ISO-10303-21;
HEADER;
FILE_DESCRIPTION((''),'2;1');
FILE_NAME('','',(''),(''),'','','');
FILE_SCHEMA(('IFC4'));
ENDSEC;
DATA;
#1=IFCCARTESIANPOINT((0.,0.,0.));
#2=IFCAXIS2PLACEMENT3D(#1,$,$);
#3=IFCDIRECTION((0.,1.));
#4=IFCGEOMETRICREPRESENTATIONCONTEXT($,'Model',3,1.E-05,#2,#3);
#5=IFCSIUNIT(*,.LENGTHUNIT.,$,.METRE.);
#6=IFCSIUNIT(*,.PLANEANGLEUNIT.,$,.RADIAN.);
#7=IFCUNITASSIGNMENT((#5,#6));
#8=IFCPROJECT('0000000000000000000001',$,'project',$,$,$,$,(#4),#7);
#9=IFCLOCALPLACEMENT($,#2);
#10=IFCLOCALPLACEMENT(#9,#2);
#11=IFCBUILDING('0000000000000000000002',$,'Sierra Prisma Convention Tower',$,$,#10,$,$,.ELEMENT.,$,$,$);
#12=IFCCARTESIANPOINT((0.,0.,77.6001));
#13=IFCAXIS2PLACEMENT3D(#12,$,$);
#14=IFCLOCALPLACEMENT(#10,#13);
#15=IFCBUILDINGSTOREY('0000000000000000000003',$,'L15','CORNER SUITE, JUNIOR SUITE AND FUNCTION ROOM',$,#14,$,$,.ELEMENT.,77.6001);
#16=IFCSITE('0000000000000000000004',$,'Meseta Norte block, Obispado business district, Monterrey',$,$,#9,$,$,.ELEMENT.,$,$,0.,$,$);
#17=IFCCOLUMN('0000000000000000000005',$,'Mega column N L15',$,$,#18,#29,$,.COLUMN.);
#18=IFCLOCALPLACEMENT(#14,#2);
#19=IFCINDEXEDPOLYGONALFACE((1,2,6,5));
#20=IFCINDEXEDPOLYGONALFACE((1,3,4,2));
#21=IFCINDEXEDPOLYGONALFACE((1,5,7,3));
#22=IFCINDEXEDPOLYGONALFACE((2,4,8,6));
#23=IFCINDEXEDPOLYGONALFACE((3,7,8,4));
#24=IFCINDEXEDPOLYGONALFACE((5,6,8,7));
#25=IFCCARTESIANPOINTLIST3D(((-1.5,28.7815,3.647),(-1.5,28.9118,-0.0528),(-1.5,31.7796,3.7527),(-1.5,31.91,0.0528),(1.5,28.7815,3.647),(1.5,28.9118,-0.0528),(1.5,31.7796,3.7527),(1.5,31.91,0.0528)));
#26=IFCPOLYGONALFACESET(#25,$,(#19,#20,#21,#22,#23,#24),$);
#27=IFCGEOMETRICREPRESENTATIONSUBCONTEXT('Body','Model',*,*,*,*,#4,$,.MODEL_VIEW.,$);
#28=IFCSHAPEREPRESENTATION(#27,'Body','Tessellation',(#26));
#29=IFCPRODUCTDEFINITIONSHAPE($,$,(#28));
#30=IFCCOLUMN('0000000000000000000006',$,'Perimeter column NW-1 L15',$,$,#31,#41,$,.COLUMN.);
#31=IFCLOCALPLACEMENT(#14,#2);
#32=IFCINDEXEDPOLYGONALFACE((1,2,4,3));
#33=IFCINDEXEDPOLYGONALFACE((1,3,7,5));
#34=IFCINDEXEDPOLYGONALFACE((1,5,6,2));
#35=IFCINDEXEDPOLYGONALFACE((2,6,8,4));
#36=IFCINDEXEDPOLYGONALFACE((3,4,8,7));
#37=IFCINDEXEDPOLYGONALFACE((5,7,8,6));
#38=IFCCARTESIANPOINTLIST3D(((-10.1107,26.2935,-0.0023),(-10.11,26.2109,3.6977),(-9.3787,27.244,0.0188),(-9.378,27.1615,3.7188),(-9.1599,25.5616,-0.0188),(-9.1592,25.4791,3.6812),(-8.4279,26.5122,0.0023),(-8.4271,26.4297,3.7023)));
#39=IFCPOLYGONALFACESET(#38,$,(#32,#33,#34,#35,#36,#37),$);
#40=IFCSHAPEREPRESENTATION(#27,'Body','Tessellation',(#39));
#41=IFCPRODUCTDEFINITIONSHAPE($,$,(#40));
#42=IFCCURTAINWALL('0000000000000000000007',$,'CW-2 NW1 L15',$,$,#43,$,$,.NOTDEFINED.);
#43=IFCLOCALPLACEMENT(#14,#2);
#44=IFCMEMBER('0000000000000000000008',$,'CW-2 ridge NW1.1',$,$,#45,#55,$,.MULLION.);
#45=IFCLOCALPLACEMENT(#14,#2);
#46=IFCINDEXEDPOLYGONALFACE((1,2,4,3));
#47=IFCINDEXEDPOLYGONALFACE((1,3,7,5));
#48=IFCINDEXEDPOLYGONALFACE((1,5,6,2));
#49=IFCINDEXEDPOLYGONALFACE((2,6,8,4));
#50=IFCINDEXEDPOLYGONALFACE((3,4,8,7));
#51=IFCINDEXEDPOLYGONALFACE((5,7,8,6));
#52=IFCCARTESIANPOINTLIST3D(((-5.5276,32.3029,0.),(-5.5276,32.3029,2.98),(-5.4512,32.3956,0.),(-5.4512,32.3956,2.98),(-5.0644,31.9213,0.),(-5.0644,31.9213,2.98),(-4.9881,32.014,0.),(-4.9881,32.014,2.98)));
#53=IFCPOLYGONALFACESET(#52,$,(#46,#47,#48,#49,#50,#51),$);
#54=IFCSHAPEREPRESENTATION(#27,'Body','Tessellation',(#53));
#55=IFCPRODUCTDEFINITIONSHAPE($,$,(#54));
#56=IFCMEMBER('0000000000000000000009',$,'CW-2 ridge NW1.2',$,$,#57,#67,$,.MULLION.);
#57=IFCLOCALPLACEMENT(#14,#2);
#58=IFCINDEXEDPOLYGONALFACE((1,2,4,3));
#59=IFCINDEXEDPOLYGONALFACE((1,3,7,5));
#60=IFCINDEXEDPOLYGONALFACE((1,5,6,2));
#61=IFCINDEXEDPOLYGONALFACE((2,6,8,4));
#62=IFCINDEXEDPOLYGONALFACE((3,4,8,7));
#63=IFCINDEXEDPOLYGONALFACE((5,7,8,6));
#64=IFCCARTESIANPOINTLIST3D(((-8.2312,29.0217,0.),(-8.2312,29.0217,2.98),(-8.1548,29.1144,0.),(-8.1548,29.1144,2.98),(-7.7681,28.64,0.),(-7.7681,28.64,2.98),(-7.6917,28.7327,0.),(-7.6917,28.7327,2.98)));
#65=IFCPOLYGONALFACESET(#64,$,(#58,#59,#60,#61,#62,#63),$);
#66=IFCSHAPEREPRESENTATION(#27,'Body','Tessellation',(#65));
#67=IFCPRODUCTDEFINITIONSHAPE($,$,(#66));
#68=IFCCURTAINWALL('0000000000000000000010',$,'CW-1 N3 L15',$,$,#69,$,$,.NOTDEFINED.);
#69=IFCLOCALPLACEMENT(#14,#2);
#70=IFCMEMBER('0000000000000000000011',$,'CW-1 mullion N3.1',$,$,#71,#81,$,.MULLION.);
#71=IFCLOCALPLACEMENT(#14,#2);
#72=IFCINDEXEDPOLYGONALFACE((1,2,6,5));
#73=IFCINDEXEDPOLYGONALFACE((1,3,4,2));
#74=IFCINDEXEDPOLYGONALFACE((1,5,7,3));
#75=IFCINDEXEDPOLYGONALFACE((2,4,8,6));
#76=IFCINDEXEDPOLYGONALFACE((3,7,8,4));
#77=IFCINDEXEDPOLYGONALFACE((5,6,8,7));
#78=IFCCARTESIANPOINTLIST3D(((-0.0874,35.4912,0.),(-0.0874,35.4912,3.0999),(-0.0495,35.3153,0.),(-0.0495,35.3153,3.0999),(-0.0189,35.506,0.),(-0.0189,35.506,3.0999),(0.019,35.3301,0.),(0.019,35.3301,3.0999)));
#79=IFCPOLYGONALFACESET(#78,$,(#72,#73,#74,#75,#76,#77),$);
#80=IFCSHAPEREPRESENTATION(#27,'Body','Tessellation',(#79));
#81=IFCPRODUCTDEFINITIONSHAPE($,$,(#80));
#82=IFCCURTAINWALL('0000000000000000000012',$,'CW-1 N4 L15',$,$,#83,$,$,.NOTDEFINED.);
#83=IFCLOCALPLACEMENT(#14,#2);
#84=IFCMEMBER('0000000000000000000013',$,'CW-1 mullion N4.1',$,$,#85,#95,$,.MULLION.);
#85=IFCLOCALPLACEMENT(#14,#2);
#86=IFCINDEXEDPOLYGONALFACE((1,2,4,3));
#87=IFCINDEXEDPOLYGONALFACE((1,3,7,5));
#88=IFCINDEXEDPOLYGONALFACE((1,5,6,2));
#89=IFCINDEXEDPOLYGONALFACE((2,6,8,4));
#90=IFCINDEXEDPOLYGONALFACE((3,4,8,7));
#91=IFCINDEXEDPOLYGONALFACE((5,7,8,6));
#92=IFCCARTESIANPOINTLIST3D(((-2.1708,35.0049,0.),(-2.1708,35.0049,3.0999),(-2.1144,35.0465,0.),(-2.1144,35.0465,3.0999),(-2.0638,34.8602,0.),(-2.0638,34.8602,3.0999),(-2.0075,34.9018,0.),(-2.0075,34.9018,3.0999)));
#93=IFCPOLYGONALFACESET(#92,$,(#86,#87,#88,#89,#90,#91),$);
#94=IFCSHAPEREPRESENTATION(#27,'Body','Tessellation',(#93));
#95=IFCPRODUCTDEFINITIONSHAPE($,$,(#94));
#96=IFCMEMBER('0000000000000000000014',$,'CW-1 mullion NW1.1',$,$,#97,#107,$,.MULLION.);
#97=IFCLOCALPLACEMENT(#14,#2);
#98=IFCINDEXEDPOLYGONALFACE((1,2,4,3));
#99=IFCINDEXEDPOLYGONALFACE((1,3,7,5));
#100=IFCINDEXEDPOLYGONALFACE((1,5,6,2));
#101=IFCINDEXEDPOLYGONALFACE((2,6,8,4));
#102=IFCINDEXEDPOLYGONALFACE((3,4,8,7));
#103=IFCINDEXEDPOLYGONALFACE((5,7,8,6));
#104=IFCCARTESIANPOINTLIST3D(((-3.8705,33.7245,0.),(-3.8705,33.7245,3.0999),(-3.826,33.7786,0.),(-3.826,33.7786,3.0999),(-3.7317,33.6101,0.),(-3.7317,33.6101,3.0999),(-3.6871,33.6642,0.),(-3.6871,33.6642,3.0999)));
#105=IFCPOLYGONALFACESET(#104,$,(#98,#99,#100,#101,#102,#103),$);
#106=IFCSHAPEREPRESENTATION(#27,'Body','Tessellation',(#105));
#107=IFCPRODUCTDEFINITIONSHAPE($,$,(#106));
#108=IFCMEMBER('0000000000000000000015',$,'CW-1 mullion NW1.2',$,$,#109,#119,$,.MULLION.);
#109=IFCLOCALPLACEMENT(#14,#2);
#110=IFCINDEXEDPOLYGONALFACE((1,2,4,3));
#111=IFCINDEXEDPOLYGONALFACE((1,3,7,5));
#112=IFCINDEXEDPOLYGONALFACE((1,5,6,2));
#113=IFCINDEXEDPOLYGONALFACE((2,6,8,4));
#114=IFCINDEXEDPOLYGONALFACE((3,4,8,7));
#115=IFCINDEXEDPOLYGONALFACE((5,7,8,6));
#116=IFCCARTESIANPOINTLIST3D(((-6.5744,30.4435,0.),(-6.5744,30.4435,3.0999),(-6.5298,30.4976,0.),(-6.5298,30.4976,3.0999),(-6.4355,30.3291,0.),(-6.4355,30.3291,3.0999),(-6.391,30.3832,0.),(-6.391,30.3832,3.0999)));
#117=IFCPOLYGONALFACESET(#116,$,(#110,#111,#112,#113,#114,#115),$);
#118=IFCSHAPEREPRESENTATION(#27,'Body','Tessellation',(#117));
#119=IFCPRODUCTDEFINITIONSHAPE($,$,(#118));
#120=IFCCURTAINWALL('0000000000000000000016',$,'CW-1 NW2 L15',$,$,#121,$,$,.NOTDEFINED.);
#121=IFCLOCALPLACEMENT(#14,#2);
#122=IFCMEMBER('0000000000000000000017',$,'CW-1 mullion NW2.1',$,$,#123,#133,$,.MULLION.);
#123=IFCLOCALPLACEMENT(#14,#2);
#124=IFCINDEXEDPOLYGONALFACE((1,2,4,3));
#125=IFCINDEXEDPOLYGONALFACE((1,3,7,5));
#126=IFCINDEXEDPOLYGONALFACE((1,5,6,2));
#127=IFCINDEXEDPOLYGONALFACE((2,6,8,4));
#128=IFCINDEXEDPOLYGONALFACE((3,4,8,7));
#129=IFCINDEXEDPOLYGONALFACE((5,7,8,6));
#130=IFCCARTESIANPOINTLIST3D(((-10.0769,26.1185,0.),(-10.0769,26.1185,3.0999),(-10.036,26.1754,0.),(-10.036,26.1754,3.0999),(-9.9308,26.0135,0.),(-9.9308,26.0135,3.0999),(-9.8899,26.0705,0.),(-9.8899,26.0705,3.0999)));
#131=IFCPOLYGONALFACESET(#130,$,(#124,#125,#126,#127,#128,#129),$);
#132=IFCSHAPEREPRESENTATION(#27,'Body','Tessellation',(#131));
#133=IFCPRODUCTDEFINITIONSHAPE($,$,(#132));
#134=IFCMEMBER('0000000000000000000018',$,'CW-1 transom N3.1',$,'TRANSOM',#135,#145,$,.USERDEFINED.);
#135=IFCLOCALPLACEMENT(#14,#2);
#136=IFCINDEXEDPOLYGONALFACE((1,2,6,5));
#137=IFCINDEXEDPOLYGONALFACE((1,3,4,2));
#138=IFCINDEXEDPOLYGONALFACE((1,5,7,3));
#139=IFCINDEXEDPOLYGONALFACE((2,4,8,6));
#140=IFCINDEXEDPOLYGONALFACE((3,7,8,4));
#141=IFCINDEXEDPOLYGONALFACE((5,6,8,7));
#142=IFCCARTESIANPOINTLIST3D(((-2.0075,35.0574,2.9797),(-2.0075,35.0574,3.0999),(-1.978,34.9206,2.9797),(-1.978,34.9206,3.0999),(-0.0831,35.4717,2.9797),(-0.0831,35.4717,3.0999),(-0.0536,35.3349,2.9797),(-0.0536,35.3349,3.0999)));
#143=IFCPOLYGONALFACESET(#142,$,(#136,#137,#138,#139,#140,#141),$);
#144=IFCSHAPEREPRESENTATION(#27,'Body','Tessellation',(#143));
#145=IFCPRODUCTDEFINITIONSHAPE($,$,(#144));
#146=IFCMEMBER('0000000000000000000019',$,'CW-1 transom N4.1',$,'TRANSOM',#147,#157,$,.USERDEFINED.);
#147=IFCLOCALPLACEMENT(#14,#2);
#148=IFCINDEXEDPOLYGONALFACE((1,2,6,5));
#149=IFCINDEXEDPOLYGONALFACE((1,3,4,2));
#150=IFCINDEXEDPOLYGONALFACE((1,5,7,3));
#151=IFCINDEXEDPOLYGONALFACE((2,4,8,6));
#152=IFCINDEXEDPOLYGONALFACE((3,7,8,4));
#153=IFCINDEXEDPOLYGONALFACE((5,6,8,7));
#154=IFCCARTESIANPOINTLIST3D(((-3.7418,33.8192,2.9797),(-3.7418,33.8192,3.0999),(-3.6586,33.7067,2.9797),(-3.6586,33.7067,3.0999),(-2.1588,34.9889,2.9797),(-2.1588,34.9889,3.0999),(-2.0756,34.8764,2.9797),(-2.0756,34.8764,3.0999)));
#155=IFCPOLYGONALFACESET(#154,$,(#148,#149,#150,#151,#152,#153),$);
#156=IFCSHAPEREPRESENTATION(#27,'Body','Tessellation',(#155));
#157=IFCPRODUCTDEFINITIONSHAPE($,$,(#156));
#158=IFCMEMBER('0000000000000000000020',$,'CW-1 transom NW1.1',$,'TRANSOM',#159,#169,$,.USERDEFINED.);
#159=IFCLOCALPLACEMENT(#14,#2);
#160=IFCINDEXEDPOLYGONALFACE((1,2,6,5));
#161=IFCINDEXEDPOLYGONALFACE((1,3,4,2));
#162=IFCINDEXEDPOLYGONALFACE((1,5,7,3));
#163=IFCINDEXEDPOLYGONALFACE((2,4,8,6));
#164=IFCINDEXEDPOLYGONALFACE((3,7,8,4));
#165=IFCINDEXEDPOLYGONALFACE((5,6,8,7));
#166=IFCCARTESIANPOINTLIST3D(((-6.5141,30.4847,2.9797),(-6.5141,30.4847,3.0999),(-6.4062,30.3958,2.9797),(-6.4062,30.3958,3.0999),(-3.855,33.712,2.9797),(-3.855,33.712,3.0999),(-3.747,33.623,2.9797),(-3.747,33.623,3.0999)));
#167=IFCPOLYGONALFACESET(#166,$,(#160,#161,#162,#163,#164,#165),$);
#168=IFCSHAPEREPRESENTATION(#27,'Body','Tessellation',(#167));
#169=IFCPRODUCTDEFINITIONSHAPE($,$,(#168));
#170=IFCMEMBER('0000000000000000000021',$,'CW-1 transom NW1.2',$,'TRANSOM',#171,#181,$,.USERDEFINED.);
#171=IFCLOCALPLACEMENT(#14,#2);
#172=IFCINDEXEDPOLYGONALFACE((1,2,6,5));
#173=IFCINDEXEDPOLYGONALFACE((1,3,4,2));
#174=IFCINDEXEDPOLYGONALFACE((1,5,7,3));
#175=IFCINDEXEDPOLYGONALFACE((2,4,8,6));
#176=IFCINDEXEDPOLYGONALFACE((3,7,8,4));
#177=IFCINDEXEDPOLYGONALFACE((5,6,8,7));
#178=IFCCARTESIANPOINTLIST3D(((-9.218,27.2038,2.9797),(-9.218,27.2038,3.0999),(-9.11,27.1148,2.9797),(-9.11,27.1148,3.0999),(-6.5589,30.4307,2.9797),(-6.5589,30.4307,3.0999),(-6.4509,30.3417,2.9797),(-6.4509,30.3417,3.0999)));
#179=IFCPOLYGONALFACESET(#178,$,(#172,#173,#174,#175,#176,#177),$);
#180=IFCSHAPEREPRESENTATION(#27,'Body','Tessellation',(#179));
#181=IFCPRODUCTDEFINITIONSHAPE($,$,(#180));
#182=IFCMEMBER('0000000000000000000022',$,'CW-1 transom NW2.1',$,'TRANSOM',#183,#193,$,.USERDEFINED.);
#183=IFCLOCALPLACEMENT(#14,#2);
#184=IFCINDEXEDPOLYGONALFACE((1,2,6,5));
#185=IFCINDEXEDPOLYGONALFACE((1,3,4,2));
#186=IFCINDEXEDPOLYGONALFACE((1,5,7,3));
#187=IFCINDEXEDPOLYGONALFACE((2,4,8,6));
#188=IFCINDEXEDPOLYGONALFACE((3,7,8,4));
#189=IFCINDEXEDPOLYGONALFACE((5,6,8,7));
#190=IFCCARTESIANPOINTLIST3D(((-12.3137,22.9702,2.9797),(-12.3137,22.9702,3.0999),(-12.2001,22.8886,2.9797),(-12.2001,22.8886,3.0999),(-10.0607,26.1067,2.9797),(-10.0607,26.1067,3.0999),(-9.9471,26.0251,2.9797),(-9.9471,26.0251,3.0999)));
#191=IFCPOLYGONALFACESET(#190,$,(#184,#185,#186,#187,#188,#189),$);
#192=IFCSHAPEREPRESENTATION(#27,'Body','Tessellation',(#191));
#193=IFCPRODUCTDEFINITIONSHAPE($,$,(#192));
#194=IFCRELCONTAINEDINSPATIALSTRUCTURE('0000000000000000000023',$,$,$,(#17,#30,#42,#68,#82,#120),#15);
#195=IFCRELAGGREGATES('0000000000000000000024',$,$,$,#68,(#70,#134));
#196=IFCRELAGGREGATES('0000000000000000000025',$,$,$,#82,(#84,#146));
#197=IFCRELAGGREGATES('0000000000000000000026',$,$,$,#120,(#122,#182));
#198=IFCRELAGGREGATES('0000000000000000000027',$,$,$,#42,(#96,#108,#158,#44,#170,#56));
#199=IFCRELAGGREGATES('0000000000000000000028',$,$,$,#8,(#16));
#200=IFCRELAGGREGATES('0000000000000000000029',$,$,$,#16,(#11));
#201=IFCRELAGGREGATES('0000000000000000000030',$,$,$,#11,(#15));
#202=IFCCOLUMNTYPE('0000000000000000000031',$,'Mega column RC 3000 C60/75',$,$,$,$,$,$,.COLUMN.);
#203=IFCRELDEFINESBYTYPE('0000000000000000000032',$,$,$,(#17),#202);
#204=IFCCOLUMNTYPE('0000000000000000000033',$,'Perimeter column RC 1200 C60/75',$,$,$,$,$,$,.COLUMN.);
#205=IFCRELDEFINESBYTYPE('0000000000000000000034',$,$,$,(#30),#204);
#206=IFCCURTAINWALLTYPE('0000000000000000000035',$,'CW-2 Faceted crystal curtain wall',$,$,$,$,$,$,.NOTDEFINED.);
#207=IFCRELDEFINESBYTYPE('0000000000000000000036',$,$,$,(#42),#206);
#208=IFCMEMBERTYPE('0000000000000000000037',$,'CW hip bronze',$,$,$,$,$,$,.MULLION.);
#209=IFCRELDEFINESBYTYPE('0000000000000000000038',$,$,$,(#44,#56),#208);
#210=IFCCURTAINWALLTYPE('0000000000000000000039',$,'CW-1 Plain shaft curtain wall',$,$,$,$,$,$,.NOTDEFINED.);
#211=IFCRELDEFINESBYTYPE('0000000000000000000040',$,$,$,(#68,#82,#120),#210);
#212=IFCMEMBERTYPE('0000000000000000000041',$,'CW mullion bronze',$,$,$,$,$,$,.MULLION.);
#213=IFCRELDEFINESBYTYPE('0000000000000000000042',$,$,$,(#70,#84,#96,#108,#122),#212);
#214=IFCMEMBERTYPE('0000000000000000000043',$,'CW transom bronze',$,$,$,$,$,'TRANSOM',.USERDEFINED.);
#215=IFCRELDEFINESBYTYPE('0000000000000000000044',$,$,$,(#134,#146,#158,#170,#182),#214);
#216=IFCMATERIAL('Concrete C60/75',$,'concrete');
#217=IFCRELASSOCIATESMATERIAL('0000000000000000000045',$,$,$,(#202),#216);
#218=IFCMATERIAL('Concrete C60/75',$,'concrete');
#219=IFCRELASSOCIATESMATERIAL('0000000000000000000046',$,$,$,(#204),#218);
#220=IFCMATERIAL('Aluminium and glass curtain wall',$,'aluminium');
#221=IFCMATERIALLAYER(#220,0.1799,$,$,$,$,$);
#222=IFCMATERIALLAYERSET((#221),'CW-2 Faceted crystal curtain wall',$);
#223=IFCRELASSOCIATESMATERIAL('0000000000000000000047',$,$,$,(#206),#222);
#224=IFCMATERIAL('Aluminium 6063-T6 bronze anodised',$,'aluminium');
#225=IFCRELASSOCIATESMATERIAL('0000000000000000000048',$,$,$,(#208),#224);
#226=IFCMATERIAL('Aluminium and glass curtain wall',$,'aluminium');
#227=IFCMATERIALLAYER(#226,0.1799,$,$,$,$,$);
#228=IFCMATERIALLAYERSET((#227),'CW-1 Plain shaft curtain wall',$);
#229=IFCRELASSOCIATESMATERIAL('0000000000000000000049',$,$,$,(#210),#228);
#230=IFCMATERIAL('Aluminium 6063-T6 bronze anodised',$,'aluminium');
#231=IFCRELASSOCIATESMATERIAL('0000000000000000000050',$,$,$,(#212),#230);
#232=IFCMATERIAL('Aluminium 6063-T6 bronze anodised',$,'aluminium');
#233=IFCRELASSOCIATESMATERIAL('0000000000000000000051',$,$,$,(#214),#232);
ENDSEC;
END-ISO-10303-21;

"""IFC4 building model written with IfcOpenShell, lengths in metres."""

from ifc_helpers import new_model, si_unit, direction, frame, origin, origin_2d, place, context, subcontext, project, spatial, rectangle, extrude, material, layer, layer_set, material_profile, profile_set, type_object, element, aggregate, save


model = new_model("IFC4")

# Units and contexts
model_context = context("Model", 3, precision=1e-05, world=origin(), true_north=direction((0.0, 1.0)))
body_context = subcontext(model_context, "Body", "Model", "MODEL_VIEW")
ifc_project = project(units=[si_unit("LENGTHUNIT", "METRE"), si_unit("PLANEANGLEUNIT", "RADIAN")], contexts=[model_context])

# Site, building, storey
site_placement = place(None, origin())
site = spatial("IfcSite", under=ifc_project, at=site_placement, Name="Meseta Norte block, Obispado business district, Monterrey", CompositionType="ELEMENT", RefElevation=0.0)
building_placement = place(site_placement, origin())
building = spatial("IfcBuilding", under=site, at=building_placement, Name="Sierra Prisma Convention Tower", CompositionType="ELEMENT")
storey_placement = place(building_placement, frame((0.0, 0.0, 77.6001)))
storey = spatial("IfcBuildingStorey", under=building, at=storey_placement, Name="L15", Description="CORNER SUITE, JUNIOR SUITE AND FUNCTION ROOM", CompositionType="ELEMENT", Elevation=77.6001)

# Columns
ifc_material_1 = material(Name="Concrete C60/75", Category="concrete")
ifc_material_profile_1 = material_profile(ifc_material_1, rectangle(XDim=3.0, YDim=3.0, at=origin_2d()), Name="Mega column RC 3000 C60/75")
ifc_profile_set_1 = profile_set([ifc_material_profile_1], Name="Concrete C60/75")
column_type_1 = type_object("IfcColumnType", Name="Mega column RC 3000 C60/75", PredefinedType="COLUMN", material=ifc_profile_set_1)
column_1_placement = place(storey_placement, frame((0.0, 30.4109, 0.0), z_axis=(0.0, -0.035214, 0.99938), x_axis=(1.0, 0.0, 0.0)))
element("IfcColumn", 1, at=column_1_placement, inside=storey, type_object=column_type_1, Name="Mega column N L15", PredefinedType="COLUMN", context=body_context, shape_type="SweptSolid", body=[
    extrude(rectangle(XDim=3.0, YDim=3.0, at=origin_2d()), origin(), (0.0, 0.0, 1.0), 3.7021),
])
ifc_material_2 = material(Name="Concrete C60/75", Category="concrete")
ifc_material_profile_2 = material_profile(ifc_material_2, rectangle(XDim=1.2, YDim=1.2, at=origin_2d()), Name="Perimeter column RC 1200 C60/75")
ifc_profile_set_2 = profile_set([ifc_material_profile_2], Name="Concrete C60/75")
column_type_2 = type_object("IfcColumnType", Name="Perimeter column RC 1200 C60/75", PredefinedType="COLUMN", material=ifc_profile_set_2)
column_2_placement = place(storey_placement, frame((-9.2693, 26.4028, 0.0), z_axis=(0.000198, -0.022297, 0.999751), x_axis=(0.610035, 0.792181, 0.017547)))
element("IfcColumn", 2, at=column_2_placement, inside=storey, type_object=column_type_2, Name="Perimeter column NW-1 L15", PredefinedType="COLUMN", context=body_context, shape_type="SweptSolid", body=[
    extrude(rectangle(XDim=1.2, YDim=1.2, at=origin_2d()), origin(), (0.0, 0.0, 1.0), 3.7009),
])

# Curtain wall, members
ifc_material_3 = material(Name="Aluminium and glass curtain wall", Category="aluminium")
ifc_layer_1 = layer(ifc_material_3, 0.1799)
ifc_layer_set_1 = layer_set([ifc_layer_1], Name="CW-2 Faceted crystal curtain wall")
curtain_wall_type_1 = type_object("IfcCurtainWallType", Name="CW-2 Faceted crystal curtain wall", PredefinedType="NOTDEFINED", material=ifc_layer_set_1)
curtain_wall_1_placement = place(storey_placement, origin())
curtain_wall_1 = element("IfcCurtainWall", 3, at=curtain_wall_1_placement, inside=storey, type_object=curtain_wall_type_1, Name="CW-2 NW1 L15", PredefinedType="NOTDEFINED")
ifc_material_4 = material(Name="Aluminium 6063-T6 bronze anodised", Category="aluminium")
ifc_material_profile_3 = material_profile(ifc_material_4, rectangle(XDim=0.1201, YDim=0.6001, at=origin_2d()), Name="ALU RIDGE BLADE 120x600")
ifc_profile_set_3 = profile_set([ifc_material_profile_3], Name="Aluminium 6063-T6 bronze anodised")
member_type_1 = type_object("IfcMemberType", Name="CW hip bronze", PredefinedType="MULLION", material=ifc_profile_set_3)
member_1_placement = place(storey_placement, frame((-5.2578, 32.1584, 0.0), z_axis=(0.0, 0.0, 1.0), x_axis=(-0.635926, -0.77175, 0.0)))
member_1 = element("IfcMember", 4, at=member_1_placement, type_object=member_type_1, Name="CW-2 ridge NW1.1", PredefinedType="MULLION", context=body_context, shape_type="SweptSolid", body=[
    extrude(rectangle(XDim=0.1201, YDim=0.6001, at=origin_2d()), origin(), (0.0, 0.0, 1.0), 2.98),
])
member_2_placement = place(storey_placement, frame((-7.9614, 28.8772, 0.0), z_axis=(0.0, 0.0, 1.0), x_axis=(-0.635926, -0.77175, 0.0)))
member_2 = element("IfcMember", 5, at=member_2_placement, type_object=member_type_1, Name="CW-2 ridge NW1.2", PredefinedType="MULLION", context=body_context, shape_type="SweptSolid", body=[
    extrude(rectangle(XDim=0.1201, YDim=0.6001, at=origin_2d()), origin(), (0.0, 0.0, 1.0), 2.98),
])

# Curtain walls, members
ifc_material_5 = material(Name="Aluminium and glass curtain wall", Category="aluminium")
ifc_layer_2 = layer(ifc_material_5, 0.1799)
ifc_layer_set_2 = layer_set([ifc_layer_2], Name="CW-1 Plain shaft curtain wall")
curtain_wall_type_2 = type_object("IfcCurtainWallType", Name="CW-1 Plain shaft curtain wall", PredefinedType="NOTDEFINED", material=ifc_layer_set_2)
curtain_wall_2_placement = place(storey_placement, origin())
curtain_wall_2 = element("IfcCurtainWall", 6, at=curtain_wall_2_placement, inside=storey, type_object=curtain_wall_type_2, Name="CW-1 N3 L15", PredefinedType="NOTDEFINED")
ifc_material_6 = material(Name="Aluminium 6063-T6 bronze anodised", Category="aluminium")
ifc_material_profile_4 = material_profile(ifc_material_6, rectangle(XDim=0.1799, YDim=0.0701, at=origin_2d()), Name="ALU MULLION 70x180")
ifc_profile_set_4 = profile_set([ifc_material_profile_4], Name="Aluminium 6063-T6 bronze anodised")
member_type_2 = type_object("IfcMemberType", Name="CW mullion bronze", PredefinedType="MULLION", material=ifc_profile_set_4)
member_3_placement = place(storey_placement, frame((-0.0342, 35.4106, 0.0), z_axis=(0.0, 0.0, 1.0), x_axis=(0.210523, -0.977589, 0.0)))
member_3 = element("IfcMember", 7, at=member_3_placement, type_object=member_type_2, Name="CW-1 mullion N3.1", PredefinedType="MULLION", context=body_context, shape_type="SweptSolid", body=[
    extrude(rectangle(XDim=0.1799, YDim=0.0701, at=origin_2d()), origin(), (0.0, 0.0, 1.0), 3.0999),
])
curtain_wall_3_placement = place(storey_placement, origin())
curtain_wall_3 = element("IfcCurtainWall", 8, at=curtain_wall_3_placement, inside=storey, type_object=curtain_wall_type_2, Name="CW-1 N4 L15", PredefinedType="NOTDEFINED")
member_4_placement = place(storey_placement, frame((-2.0891, 34.9534, 0.0), z_axis=(0.0, 0.0, 1.0), x_axis=(0.594248, -0.804282, 0.0)))
member_4 = element("IfcMember", 9, at=member_4_placement, type_object=member_type_2, Name="CW-1 mullion N4.1", PredefinedType="MULLION", context=body_context, shape_type="SweptSolid", body=[
    extrude(rectangle(XDim=0.1799, YDim=0.0701, at=origin_2d()), origin(), (0.0, 0.0, 1.0), 3.0999),
])

# Members
member_5_placement = place(storey_placement, frame((-3.7788, 33.6943, 0.0), z_axis=(0.0, 0.0, 1.0), x_axis=(0.77175, -0.635926, 0.0)))
member_5 = element("IfcMember", 10, at=member_5_placement, type_object=member_type_2, Name="CW-1 mullion NW1.1", PredefinedType="MULLION", context=body_context, shape_type="SweptSolid", body=[
    extrude(rectangle(XDim=0.1799, YDim=0.0701, at=origin_2d()), origin(), (0.0, 0.0, 1.0), 3.0999),
])
member_6_placement = place(storey_placement, frame((-6.4827, 30.4133, 0.0), z_axis=(0.0, 0.0, 1.0), x_axis=(0.77175, -0.635926, 0.0)))
member_6 = element("IfcMember", 11, at=member_6_placement, type_object=member_type_2, Name="CW-1 mullion NW1.2", PredefinedType="MULLION", context=body_context, shape_type="SweptSolid", body=[
    extrude(rectangle(XDim=0.1799, YDim=0.0701, at=origin_2d()), origin(), (0.0, 0.0, 1.0), 3.0999),
])

# Curtain wall, member
curtain_wall_4_placement = place(storey_placement, origin())
curtain_wall_4 = element("IfcCurtainWall", 12, at=curtain_wall_4_placement, inside=storey, type_object=curtain_wall_type_2, Name="CW-1 NW2 L15", PredefinedType="NOTDEFINED")
member_7_placement = place(storey_placement, frame((-9.9834, 26.0945, 0.0), z_axis=(0.0, 0.0, 1.0), x_axis=(0.812184, -0.583401, 0.0)))
member_7 = element("IfcMember", 13, at=member_7_placement, type_object=member_type_2, Name="CW-1 mullion NW2.1", PredefinedType="MULLION", context=body_context, shape_type="SweptSolid", body=[
    extrude(rectangle(XDim=0.1799, YDim=0.0701, at=origin_2d()), origin(), (0.0, 0.0, 1.0), 3.0999),
])

# Members
ifc_material_7 = material(Name="Aluminium 6063-T6 bronze anodised", Category="aluminium")
ifc_material_profile_5 = material_profile(ifc_material_7, rectangle(XDim=0.1399, YDim=0.1201, at=origin_2d()), Name="ALU TRANSOM 120x140")
ifc_profile_set_5 = profile_set([ifc_material_profile_5], Name="Aluminium 6063-T6 bronze anodised")
member_type_3 = type_object("IfcMemberType", Name="CW transom bronze", ElementType="TRANSOM", PredefinedType="USERDEFINED", material=ifc_profile_set_5)
member_8_placement = place(storey_placement, frame((-0.0684, 35.4033, 3.0398), z_axis=(-0.977599, -0.210478, 0.0), x_axis=(0.210478, -0.977599, 0.0)))
member_8 = element("IfcMember", 14, at=member_8_placement, type_object=member_type_3, Name="CW-1 transom N3.1", ObjectType="TRANSOM", PredefinedType="USERDEFINED", context=body_context, shape_type="SweptSolid", body=[
    extrude(rectangle(XDim=0.1399, YDim=0.1201, at=origin_2d()), origin(), (0.0, 0.0, 1.0), 1.9685),
])
member_9_placement = place(storey_placement, frame((-2.1172, 34.9326, 3.0398), z_axis=(-0.804266, -0.594269, 0.0), x_axis=(0.594269, -0.804266, 0.0)))
member_9 = element("IfcMember", 15, at=member_9_placement, type_object=member_type_3, Name="CW-1 transom N4.1", ObjectType="TRANSOM", PredefinedType="USERDEFINED", context=body_context, shape_type="SweptSolid", body=[
    extrude(rectangle(XDim=0.1399, YDim=0.1201, at=origin_2d()), origin(), (0.0, 0.0, 1.0), 1.9683),
])
member_10_placement = place(storey_placement, frame((-3.801, 33.6675, 3.0398), z_axis=(-0.635908, -0.771765, 0.0), x_axis=(0.771765, -0.635908, 0.0)))
member_10 = element("IfcMember", 16, at=member_10_placement, type_object=member_type_3, Name="CW-1 transom NW1.1", ObjectType="TRANSOM", PredefinedType="USERDEFINED", context=body_context, shape_type="SweptSolid", body=[
    extrude(rectangle(XDim=0.1399, YDim=0.1201, at=origin_2d()), origin(), (0.0, 0.0, 1.0), 4.1816),
])
member_11_placement = place(storey_placement, frame((-6.5049, 30.3862, 3.0398), z_axis=(-0.635936, -0.771741, 0.0), x_axis=(0.771741, -0.635936, 0.0)))
member_11 = element("IfcMember", 17, at=member_11_placement, type_object=member_type_3, Name="CW-1 transom NW1.2", ObjectType="TRANSOM", PredefinedType="USERDEFINED", context=body_context, shape_type="SweptSolid", body=[
    extrude(rectangle(XDim=0.1399, YDim=0.1201, at=origin_2d()), origin(), (0.0, 0.0, 1.0), 4.1814),
])
member_12_placement = place(storey_placement, frame((-10.0039, 26.0659, 3.0398), z_axis=(-0.583395, -0.812189, 0.0), x_axis=(0.812189, -0.583395, 0.0)))
member_12 = element("IfcMember", 18, at=member_12_placement, type_object=member_type_3, Name="CW-1 transom NW2.1", ObjectType="TRANSOM", PredefinedType="USERDEFINED", context=body_context, shape_type="SweptSolid", body=[
    extrude(rectangle(XDim=0.1399, YDim=0.1201, at=origin_2d()), origin(), (0.0, 0.0, 1.0), 3.8618),
])

aggregate(curtain_wall_2, [member_3, member_8])
aggregate(curtain_wall_3, [member_4, member_9])
aggregate(curtain_wall_4, [member_7, member_12])
aggregate(curtain_wall_1, [member_5, member_6, member_10, member_1, member_11, member_2])

save(model, "model.ifc")
